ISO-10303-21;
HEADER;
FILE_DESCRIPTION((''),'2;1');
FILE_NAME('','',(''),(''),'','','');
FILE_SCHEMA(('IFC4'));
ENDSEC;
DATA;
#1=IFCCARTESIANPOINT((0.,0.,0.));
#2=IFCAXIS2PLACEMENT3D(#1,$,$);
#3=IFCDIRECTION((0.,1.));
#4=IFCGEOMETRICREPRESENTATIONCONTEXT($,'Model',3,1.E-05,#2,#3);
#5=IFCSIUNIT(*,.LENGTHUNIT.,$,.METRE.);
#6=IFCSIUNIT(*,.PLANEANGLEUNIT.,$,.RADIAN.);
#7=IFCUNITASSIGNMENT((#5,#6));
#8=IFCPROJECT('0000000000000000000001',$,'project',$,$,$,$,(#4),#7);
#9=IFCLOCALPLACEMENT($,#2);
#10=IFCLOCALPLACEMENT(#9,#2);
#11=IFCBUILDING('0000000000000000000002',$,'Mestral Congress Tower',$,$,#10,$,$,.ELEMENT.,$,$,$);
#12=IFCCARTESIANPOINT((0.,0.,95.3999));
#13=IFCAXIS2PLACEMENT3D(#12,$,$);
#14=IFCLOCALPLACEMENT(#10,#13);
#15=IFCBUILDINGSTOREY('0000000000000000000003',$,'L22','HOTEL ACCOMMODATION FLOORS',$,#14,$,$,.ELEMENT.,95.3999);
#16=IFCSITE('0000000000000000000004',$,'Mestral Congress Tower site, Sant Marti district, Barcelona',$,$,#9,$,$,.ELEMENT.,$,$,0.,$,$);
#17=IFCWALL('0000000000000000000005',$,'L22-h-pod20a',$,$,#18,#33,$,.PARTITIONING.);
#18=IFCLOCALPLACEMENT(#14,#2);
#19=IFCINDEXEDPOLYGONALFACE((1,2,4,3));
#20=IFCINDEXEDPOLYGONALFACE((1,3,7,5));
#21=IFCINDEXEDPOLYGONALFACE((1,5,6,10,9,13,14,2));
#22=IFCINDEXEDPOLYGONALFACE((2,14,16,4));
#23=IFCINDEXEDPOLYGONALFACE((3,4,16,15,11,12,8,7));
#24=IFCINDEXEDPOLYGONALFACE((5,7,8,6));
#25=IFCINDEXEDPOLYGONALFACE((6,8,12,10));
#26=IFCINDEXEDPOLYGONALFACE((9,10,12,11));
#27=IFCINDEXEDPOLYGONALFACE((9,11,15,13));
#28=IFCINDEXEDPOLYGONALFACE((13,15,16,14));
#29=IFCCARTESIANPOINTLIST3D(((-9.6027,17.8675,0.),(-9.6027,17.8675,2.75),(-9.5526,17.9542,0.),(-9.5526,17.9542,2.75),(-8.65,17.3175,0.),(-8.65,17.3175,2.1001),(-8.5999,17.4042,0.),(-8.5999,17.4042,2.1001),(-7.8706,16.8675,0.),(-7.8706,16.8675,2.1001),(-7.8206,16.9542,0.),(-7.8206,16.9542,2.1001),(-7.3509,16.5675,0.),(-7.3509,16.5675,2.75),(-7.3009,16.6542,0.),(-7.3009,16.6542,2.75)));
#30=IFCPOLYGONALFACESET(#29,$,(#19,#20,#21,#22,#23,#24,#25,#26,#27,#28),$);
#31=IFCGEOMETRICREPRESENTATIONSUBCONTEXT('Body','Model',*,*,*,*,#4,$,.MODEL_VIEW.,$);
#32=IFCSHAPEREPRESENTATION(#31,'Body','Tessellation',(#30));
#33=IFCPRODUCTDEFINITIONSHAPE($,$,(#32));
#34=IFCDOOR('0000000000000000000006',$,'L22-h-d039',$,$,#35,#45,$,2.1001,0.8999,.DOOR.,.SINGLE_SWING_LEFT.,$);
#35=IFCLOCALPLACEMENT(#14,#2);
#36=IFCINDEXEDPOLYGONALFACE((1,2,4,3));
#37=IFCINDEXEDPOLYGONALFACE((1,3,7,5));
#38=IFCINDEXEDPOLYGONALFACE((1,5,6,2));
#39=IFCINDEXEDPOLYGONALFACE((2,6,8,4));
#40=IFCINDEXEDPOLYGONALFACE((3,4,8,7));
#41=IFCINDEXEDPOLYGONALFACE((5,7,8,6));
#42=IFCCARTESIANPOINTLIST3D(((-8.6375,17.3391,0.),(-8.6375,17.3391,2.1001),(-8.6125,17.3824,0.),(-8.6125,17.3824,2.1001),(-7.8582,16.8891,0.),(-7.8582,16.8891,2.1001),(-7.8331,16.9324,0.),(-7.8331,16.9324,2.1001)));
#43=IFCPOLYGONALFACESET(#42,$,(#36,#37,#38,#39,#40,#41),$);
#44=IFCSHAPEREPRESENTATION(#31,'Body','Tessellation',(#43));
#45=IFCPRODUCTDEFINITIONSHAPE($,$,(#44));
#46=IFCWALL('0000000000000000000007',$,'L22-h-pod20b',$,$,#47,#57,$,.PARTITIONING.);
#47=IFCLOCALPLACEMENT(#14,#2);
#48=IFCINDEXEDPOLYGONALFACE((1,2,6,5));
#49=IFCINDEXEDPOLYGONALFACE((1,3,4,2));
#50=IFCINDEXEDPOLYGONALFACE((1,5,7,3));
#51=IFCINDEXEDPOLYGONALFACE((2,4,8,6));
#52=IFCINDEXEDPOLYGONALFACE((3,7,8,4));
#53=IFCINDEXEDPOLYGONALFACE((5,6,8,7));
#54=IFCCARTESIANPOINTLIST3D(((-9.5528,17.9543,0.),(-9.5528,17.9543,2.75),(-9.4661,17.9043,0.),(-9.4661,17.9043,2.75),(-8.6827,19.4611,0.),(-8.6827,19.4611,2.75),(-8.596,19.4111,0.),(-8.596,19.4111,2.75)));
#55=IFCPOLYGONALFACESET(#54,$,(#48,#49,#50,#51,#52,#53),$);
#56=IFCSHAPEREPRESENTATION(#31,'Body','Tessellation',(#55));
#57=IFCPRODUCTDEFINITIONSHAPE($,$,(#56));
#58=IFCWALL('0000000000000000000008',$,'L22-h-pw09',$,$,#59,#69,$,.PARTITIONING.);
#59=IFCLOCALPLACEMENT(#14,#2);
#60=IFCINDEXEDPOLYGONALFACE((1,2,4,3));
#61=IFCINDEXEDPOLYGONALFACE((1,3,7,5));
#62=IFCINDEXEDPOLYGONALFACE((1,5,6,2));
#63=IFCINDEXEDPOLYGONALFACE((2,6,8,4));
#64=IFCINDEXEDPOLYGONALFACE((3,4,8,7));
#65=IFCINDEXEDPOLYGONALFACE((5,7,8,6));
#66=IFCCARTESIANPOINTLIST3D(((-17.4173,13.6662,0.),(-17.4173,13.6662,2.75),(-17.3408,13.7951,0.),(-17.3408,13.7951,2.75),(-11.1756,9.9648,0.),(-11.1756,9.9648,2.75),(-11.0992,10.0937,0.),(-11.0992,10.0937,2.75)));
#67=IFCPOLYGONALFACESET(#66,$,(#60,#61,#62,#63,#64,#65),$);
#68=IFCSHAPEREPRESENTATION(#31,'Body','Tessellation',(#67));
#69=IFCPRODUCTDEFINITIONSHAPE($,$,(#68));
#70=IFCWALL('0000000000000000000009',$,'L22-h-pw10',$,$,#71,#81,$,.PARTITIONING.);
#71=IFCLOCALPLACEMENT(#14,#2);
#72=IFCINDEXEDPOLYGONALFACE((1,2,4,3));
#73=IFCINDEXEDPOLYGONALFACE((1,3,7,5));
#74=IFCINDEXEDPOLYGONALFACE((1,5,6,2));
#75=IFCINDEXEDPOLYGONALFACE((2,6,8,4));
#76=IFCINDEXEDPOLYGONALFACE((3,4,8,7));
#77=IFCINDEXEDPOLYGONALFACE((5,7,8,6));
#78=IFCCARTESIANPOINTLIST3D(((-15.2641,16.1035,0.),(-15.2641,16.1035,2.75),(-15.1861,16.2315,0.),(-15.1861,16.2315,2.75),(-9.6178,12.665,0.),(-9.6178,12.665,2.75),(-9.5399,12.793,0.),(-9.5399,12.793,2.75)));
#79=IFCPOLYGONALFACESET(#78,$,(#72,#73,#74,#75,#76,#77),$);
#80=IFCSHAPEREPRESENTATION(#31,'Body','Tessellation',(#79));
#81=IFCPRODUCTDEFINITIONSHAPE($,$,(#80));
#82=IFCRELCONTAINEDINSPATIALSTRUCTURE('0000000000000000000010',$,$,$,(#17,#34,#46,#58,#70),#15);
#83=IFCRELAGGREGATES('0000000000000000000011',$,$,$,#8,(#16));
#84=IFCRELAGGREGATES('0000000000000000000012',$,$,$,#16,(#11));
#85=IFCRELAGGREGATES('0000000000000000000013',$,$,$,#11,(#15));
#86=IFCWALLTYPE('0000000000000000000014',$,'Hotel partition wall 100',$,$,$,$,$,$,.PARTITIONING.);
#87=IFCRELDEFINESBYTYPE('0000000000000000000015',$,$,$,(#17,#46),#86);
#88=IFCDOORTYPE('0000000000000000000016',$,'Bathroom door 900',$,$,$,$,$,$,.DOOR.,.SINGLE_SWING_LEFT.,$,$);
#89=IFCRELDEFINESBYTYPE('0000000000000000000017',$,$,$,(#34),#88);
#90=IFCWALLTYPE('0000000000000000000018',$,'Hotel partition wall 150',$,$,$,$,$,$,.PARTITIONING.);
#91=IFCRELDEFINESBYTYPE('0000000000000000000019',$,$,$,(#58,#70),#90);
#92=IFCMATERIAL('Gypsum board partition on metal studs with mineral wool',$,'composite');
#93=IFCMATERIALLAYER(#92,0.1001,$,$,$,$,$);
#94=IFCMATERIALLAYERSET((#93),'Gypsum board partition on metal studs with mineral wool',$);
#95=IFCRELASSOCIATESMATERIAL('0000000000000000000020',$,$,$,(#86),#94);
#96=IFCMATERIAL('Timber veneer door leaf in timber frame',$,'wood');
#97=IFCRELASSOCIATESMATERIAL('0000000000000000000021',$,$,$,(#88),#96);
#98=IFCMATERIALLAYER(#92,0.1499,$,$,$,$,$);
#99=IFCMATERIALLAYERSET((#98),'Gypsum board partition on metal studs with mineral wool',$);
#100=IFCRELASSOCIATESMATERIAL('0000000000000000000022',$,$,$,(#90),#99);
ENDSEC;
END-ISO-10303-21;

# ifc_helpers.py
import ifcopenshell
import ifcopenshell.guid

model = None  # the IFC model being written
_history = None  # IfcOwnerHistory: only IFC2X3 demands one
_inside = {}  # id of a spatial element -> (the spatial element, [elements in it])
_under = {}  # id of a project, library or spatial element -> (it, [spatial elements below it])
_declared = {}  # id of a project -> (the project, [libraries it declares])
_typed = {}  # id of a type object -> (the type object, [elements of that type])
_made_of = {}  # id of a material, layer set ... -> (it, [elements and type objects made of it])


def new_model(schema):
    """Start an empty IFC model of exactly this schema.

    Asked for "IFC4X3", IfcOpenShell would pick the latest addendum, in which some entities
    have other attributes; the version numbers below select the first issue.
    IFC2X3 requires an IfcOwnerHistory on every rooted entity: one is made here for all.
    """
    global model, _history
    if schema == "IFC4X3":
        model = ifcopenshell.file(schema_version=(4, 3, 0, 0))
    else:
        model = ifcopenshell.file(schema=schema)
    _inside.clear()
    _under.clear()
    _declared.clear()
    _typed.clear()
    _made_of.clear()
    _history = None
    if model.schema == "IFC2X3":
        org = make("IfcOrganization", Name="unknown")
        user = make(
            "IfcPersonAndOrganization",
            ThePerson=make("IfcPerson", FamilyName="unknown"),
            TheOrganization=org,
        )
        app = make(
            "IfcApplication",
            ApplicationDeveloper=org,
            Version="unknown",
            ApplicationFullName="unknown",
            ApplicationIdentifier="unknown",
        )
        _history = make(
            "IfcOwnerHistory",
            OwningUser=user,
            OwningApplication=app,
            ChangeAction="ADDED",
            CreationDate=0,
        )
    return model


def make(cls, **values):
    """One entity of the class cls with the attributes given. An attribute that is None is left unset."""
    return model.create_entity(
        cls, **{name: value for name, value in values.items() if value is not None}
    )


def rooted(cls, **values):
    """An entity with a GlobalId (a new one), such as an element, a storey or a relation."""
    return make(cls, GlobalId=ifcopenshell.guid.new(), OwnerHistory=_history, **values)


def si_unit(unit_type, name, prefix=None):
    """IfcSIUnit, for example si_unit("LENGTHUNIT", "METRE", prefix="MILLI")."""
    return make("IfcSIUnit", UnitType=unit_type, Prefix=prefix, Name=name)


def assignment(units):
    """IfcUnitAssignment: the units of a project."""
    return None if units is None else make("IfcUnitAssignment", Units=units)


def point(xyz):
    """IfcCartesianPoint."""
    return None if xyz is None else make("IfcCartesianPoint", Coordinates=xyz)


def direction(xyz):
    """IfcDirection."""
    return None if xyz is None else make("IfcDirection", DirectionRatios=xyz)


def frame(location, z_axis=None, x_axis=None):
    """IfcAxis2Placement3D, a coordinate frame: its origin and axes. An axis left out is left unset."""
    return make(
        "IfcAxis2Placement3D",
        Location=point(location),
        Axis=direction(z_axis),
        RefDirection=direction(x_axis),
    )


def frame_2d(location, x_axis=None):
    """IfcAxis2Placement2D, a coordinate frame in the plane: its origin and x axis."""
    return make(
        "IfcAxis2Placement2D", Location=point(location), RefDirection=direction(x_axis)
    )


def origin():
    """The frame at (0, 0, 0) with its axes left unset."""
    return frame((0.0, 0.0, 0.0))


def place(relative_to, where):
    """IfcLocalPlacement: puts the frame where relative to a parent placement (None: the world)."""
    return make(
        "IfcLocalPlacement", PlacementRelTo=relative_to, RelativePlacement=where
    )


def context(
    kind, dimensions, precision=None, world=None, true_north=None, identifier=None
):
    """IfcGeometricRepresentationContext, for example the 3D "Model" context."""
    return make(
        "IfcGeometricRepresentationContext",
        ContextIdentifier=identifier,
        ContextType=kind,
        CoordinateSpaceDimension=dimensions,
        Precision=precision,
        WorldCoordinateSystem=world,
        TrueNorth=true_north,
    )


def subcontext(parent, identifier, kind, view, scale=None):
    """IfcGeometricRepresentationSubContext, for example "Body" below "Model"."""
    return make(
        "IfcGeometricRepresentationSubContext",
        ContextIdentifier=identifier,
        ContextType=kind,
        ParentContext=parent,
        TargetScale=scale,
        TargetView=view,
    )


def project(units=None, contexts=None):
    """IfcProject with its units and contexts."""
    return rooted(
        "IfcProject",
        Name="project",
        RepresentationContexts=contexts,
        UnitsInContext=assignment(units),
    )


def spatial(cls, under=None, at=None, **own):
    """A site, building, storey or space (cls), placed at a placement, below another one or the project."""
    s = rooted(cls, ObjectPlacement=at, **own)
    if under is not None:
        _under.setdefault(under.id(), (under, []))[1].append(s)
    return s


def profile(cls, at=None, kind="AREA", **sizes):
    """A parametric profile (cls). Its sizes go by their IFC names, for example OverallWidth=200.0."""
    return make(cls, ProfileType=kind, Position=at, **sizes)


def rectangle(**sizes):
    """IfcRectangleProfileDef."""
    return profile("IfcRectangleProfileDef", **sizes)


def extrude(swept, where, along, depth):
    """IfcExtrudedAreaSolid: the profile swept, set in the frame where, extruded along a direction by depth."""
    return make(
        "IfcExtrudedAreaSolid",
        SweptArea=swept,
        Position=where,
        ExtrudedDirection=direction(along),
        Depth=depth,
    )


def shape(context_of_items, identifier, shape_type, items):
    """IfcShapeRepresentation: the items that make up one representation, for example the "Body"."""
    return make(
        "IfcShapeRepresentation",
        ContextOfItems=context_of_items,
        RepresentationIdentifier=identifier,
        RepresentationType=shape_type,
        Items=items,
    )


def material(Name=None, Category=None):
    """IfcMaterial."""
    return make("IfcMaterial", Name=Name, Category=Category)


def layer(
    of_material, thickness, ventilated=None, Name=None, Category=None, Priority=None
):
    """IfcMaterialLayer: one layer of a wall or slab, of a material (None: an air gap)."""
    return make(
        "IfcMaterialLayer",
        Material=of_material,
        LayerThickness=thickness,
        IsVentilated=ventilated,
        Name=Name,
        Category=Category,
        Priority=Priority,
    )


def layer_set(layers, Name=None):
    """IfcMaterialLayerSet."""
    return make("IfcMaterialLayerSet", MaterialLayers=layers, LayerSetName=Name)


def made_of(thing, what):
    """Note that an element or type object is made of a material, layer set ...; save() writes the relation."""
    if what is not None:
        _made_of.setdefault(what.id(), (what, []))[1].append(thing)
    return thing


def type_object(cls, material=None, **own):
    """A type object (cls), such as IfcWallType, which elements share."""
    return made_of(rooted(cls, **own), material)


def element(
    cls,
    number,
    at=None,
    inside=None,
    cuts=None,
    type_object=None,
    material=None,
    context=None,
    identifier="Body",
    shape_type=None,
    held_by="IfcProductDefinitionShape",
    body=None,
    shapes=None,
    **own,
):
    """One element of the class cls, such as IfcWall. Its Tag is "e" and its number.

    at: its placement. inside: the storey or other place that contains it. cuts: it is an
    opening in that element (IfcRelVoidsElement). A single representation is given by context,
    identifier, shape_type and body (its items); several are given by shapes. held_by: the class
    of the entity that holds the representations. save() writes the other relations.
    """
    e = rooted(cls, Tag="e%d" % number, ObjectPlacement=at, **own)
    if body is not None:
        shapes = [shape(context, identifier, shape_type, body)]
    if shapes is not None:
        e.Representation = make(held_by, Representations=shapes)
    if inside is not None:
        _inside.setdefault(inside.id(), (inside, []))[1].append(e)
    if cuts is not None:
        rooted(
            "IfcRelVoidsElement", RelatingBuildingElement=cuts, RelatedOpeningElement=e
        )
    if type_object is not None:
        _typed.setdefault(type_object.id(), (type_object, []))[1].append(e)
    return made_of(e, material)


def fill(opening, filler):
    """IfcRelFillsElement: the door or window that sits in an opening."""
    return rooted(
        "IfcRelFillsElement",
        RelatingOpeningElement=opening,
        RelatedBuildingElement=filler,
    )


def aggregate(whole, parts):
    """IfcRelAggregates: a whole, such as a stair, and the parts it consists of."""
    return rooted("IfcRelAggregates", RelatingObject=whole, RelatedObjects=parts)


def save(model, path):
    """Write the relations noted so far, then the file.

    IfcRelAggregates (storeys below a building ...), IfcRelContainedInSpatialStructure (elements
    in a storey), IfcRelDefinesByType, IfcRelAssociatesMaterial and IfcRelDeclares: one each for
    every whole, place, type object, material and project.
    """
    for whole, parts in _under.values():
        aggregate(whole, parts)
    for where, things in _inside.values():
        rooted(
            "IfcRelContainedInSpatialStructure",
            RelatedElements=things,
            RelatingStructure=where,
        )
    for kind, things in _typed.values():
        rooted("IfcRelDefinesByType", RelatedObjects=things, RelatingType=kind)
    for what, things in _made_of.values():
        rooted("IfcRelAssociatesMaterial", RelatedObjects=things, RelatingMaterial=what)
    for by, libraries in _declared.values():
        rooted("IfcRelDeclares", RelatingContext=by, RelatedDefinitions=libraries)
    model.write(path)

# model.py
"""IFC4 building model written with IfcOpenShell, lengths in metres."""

from ifc_helpers import new_model, si_unit, direction, frame, frame_2d, origin, place, context, subcontext, project, spatial, rectangle, extrude, material, layer, layer_set, type_object, element, fill, save


model = new_model("IFC4")

# Units and contexts
model_context = context("Model", 3, precision=1e-05, world=origin(), true_north=direction((0.0, 1.0)))
body_context = subcontext(model_context, "Body", "Model", "MODEL_VIEW")
ifc_project = project(units=[si_unit("LENGTHUNIT", "METRE"), si_unit("PLANEANGLEUNIT", "RADIAN")], contexts=[model_context])

# Site, building, storey
site_placement = place(None, origin())
site = spatial("IfcSite", under=ifc_project, at=site_placement, Name="Mestral Congress Tower site, Sant Marti district, Barcelona", CompositionType="ELEMENT", RefElevation=0.0)
building_placement = place(site_placement, origin())
building = spatial("IfcBuilding", under=site, at=building_placement, Name="Mestral Congress Tower", CompositionType="ELEMENT")
storey_placement = place(building_placement, frame((0.0, 0.0, 95.3999)))
storey = spatial("IfcBuildingStorey", under=building, at=storey_placement, Name="L22", Description="HOTEL ACCOMMODATION FLOORS", CompositionType="ELEMENT", Elevation=95.3999)

# Wall, opening, door
ifc_material_1 = material(Name="Gypsum board partition on metal studs with mineral wool", Category="composite")
ifc_layer_1 = layer(ifc_material_1, 0.1001)
ifc_layer_set_1 = layer_set([ifc_layer_1], Name="Gypsum board partition on metal studs with mineral wool")
wall_type_1 = type_object("IfcWallType", Name="Hotel partition wall 100", PredefinedType="PARTITIONING", material=ifc_layer_set_1)
wall_1_placement = place(storey_placement, frame((-9.5776, 17.9109, 0.0), z_axis=(0.0, 0.0, 1.0), x_axis=(0.866021, -0.500007, 0.0)))
wall_1 = element("IfcWall", 1, at=wall_1_placement, inside=storey, type_object=wall_type_1, Name="L22-h-pod20a", PredefinedType="PARTITIONING", context=body_context, shape_type="SweptSolid", body=[
    extrude(rectangle(XDim=2.6001, YDim=0.1001, at=frame_2d((1.3, 0.0))), origin(), (0.0, 0.0, 1.0), 2.75),
])
opening_1_placement = place(wall_1_placement, frame((1.1001, 0.0, 0.0)))
opening_1 = element("IfcOpeningElement", 2, at=opening_1_placement, cuts=wall_1, PredefinedType="OPENING", context=body_context, shape_type="SweptSolid", body=[
    extrude(rectangle(XDim=0.8999, YDim=2.1001, at=frame_2d((0.45, 1.05))), frame((0.0, 0.0601, 0.0), z_axis=(0.0, -1.0, 0.0), x_axis=(1.0, 0.0, 0.0)), (0.0, 0.0, 1.0), 0.1201),
])
ifc_material_2 = material(Name="Timber veneer door leaf in timber frame", Category="wood")
door_type = type_object("IfcDoorType", Name="Bathroom door 900", OperationType="SINGLE_SWING_LEFT", PredefinedType="DOOR", material=ifc_material_2)
door_placement = place(opening_1_placement, origin())
door = element("IfcDoor", 3, at=door_placement, inside=storey, type_object=door_type, Name="L22-h-d039", OperationType="SINGLE_SWING_LEFT", OverallHeight=2.1001, OverallWidth=0.8999, PredefinedType="DOOR", context=body_context, shape_type="SweptSolid", body=[
    extrude(rectangle(XDim=0.8999, YDim=2.1001, at=frame_2d((0.45, 1.05))), frame((0.0, 0.0249, 0.0), z_axis=(0.0, -1.0, 0.0), x_axis=(1.0, 0.0, 0.0)), (0.0, 0.0, 1.0), 0.05),
])
fill(opening_1, door)

# Walls
wall_2_placement = place(storey_placement, frame((-9.5095, 17.9292, 0.0), z_axis=(0.0, 0.0, 1.0), x_axis=(0.500063, 0.865989, 0.0)))
element("IfcWall", 4, at=wall_2_placement, inside=storey, type_object=wall_type_1, Name="L22-h-pod20b", PredefinedType="PARTITIONING", context=body_context, shape_type="SweptSolid", body=[
    extrude(rectangle(XDim=1.74, YDim=0.1001, at=frame_2d((0.8701, 0.0))), origin(), (0.0, 0.0, 1.0), 2.75),
])
ifc_layer_2 = layer(ifc_material_1, 0.1499)
ifc_layer_set_2 = layer_set([ifc_layer_2], Name="Gypsum board partition on metal studs with mineral wool")
wall_type_2 = type_object("IfcWallType", Name="Hotel partition wall 150", PredefinedType="PARTITIONING", material=ifc_layer_set_2)
wall_3_placement = place(storey_placement, frame((-17.3792, 13.7307, 0.0), z_axis=(0.0, 0.0, 1.0), x_axis=(0.860132, -0.510071, 0.0)))
element("IfcWall", 5, at=wall_3_placement, inside=storey, type_object=wall_type_2, Name="L22-h-pw09", PredefinedType="PARTITIONING", context=body_context, shape_type="SweptSolid", body=[
    extrude(rectangle(XDim=7.2566, YDim=0.1499, at=frame_2d((3.6284, 0.0))), origin(), (0.0, 0.0, 1.0), 2.75),
])
wall_4_placement = place(storey_placement, frame((-15.2251, 16.1675, 0.0), z_axis=(0.0, 0.0, 1.0), x_axis=(0.854089, -0.520127, 0.0)))
element("IfcWall", 6, at=wall_4_placement, inside=storey, type_object=wall_type_2, Name="L22-h-pw10", PredefinedType="PARTITIONING", context=body_context, shape_type="SweptSolid", body=[
    extrude(rectangle(XDim=6.6108, YDim=0.1499, at=frame_2d((3.3054, 0.0))), origin(), (0.0, 0.0, 1.0), 2.75),
])

save(model, "model.ifc")
